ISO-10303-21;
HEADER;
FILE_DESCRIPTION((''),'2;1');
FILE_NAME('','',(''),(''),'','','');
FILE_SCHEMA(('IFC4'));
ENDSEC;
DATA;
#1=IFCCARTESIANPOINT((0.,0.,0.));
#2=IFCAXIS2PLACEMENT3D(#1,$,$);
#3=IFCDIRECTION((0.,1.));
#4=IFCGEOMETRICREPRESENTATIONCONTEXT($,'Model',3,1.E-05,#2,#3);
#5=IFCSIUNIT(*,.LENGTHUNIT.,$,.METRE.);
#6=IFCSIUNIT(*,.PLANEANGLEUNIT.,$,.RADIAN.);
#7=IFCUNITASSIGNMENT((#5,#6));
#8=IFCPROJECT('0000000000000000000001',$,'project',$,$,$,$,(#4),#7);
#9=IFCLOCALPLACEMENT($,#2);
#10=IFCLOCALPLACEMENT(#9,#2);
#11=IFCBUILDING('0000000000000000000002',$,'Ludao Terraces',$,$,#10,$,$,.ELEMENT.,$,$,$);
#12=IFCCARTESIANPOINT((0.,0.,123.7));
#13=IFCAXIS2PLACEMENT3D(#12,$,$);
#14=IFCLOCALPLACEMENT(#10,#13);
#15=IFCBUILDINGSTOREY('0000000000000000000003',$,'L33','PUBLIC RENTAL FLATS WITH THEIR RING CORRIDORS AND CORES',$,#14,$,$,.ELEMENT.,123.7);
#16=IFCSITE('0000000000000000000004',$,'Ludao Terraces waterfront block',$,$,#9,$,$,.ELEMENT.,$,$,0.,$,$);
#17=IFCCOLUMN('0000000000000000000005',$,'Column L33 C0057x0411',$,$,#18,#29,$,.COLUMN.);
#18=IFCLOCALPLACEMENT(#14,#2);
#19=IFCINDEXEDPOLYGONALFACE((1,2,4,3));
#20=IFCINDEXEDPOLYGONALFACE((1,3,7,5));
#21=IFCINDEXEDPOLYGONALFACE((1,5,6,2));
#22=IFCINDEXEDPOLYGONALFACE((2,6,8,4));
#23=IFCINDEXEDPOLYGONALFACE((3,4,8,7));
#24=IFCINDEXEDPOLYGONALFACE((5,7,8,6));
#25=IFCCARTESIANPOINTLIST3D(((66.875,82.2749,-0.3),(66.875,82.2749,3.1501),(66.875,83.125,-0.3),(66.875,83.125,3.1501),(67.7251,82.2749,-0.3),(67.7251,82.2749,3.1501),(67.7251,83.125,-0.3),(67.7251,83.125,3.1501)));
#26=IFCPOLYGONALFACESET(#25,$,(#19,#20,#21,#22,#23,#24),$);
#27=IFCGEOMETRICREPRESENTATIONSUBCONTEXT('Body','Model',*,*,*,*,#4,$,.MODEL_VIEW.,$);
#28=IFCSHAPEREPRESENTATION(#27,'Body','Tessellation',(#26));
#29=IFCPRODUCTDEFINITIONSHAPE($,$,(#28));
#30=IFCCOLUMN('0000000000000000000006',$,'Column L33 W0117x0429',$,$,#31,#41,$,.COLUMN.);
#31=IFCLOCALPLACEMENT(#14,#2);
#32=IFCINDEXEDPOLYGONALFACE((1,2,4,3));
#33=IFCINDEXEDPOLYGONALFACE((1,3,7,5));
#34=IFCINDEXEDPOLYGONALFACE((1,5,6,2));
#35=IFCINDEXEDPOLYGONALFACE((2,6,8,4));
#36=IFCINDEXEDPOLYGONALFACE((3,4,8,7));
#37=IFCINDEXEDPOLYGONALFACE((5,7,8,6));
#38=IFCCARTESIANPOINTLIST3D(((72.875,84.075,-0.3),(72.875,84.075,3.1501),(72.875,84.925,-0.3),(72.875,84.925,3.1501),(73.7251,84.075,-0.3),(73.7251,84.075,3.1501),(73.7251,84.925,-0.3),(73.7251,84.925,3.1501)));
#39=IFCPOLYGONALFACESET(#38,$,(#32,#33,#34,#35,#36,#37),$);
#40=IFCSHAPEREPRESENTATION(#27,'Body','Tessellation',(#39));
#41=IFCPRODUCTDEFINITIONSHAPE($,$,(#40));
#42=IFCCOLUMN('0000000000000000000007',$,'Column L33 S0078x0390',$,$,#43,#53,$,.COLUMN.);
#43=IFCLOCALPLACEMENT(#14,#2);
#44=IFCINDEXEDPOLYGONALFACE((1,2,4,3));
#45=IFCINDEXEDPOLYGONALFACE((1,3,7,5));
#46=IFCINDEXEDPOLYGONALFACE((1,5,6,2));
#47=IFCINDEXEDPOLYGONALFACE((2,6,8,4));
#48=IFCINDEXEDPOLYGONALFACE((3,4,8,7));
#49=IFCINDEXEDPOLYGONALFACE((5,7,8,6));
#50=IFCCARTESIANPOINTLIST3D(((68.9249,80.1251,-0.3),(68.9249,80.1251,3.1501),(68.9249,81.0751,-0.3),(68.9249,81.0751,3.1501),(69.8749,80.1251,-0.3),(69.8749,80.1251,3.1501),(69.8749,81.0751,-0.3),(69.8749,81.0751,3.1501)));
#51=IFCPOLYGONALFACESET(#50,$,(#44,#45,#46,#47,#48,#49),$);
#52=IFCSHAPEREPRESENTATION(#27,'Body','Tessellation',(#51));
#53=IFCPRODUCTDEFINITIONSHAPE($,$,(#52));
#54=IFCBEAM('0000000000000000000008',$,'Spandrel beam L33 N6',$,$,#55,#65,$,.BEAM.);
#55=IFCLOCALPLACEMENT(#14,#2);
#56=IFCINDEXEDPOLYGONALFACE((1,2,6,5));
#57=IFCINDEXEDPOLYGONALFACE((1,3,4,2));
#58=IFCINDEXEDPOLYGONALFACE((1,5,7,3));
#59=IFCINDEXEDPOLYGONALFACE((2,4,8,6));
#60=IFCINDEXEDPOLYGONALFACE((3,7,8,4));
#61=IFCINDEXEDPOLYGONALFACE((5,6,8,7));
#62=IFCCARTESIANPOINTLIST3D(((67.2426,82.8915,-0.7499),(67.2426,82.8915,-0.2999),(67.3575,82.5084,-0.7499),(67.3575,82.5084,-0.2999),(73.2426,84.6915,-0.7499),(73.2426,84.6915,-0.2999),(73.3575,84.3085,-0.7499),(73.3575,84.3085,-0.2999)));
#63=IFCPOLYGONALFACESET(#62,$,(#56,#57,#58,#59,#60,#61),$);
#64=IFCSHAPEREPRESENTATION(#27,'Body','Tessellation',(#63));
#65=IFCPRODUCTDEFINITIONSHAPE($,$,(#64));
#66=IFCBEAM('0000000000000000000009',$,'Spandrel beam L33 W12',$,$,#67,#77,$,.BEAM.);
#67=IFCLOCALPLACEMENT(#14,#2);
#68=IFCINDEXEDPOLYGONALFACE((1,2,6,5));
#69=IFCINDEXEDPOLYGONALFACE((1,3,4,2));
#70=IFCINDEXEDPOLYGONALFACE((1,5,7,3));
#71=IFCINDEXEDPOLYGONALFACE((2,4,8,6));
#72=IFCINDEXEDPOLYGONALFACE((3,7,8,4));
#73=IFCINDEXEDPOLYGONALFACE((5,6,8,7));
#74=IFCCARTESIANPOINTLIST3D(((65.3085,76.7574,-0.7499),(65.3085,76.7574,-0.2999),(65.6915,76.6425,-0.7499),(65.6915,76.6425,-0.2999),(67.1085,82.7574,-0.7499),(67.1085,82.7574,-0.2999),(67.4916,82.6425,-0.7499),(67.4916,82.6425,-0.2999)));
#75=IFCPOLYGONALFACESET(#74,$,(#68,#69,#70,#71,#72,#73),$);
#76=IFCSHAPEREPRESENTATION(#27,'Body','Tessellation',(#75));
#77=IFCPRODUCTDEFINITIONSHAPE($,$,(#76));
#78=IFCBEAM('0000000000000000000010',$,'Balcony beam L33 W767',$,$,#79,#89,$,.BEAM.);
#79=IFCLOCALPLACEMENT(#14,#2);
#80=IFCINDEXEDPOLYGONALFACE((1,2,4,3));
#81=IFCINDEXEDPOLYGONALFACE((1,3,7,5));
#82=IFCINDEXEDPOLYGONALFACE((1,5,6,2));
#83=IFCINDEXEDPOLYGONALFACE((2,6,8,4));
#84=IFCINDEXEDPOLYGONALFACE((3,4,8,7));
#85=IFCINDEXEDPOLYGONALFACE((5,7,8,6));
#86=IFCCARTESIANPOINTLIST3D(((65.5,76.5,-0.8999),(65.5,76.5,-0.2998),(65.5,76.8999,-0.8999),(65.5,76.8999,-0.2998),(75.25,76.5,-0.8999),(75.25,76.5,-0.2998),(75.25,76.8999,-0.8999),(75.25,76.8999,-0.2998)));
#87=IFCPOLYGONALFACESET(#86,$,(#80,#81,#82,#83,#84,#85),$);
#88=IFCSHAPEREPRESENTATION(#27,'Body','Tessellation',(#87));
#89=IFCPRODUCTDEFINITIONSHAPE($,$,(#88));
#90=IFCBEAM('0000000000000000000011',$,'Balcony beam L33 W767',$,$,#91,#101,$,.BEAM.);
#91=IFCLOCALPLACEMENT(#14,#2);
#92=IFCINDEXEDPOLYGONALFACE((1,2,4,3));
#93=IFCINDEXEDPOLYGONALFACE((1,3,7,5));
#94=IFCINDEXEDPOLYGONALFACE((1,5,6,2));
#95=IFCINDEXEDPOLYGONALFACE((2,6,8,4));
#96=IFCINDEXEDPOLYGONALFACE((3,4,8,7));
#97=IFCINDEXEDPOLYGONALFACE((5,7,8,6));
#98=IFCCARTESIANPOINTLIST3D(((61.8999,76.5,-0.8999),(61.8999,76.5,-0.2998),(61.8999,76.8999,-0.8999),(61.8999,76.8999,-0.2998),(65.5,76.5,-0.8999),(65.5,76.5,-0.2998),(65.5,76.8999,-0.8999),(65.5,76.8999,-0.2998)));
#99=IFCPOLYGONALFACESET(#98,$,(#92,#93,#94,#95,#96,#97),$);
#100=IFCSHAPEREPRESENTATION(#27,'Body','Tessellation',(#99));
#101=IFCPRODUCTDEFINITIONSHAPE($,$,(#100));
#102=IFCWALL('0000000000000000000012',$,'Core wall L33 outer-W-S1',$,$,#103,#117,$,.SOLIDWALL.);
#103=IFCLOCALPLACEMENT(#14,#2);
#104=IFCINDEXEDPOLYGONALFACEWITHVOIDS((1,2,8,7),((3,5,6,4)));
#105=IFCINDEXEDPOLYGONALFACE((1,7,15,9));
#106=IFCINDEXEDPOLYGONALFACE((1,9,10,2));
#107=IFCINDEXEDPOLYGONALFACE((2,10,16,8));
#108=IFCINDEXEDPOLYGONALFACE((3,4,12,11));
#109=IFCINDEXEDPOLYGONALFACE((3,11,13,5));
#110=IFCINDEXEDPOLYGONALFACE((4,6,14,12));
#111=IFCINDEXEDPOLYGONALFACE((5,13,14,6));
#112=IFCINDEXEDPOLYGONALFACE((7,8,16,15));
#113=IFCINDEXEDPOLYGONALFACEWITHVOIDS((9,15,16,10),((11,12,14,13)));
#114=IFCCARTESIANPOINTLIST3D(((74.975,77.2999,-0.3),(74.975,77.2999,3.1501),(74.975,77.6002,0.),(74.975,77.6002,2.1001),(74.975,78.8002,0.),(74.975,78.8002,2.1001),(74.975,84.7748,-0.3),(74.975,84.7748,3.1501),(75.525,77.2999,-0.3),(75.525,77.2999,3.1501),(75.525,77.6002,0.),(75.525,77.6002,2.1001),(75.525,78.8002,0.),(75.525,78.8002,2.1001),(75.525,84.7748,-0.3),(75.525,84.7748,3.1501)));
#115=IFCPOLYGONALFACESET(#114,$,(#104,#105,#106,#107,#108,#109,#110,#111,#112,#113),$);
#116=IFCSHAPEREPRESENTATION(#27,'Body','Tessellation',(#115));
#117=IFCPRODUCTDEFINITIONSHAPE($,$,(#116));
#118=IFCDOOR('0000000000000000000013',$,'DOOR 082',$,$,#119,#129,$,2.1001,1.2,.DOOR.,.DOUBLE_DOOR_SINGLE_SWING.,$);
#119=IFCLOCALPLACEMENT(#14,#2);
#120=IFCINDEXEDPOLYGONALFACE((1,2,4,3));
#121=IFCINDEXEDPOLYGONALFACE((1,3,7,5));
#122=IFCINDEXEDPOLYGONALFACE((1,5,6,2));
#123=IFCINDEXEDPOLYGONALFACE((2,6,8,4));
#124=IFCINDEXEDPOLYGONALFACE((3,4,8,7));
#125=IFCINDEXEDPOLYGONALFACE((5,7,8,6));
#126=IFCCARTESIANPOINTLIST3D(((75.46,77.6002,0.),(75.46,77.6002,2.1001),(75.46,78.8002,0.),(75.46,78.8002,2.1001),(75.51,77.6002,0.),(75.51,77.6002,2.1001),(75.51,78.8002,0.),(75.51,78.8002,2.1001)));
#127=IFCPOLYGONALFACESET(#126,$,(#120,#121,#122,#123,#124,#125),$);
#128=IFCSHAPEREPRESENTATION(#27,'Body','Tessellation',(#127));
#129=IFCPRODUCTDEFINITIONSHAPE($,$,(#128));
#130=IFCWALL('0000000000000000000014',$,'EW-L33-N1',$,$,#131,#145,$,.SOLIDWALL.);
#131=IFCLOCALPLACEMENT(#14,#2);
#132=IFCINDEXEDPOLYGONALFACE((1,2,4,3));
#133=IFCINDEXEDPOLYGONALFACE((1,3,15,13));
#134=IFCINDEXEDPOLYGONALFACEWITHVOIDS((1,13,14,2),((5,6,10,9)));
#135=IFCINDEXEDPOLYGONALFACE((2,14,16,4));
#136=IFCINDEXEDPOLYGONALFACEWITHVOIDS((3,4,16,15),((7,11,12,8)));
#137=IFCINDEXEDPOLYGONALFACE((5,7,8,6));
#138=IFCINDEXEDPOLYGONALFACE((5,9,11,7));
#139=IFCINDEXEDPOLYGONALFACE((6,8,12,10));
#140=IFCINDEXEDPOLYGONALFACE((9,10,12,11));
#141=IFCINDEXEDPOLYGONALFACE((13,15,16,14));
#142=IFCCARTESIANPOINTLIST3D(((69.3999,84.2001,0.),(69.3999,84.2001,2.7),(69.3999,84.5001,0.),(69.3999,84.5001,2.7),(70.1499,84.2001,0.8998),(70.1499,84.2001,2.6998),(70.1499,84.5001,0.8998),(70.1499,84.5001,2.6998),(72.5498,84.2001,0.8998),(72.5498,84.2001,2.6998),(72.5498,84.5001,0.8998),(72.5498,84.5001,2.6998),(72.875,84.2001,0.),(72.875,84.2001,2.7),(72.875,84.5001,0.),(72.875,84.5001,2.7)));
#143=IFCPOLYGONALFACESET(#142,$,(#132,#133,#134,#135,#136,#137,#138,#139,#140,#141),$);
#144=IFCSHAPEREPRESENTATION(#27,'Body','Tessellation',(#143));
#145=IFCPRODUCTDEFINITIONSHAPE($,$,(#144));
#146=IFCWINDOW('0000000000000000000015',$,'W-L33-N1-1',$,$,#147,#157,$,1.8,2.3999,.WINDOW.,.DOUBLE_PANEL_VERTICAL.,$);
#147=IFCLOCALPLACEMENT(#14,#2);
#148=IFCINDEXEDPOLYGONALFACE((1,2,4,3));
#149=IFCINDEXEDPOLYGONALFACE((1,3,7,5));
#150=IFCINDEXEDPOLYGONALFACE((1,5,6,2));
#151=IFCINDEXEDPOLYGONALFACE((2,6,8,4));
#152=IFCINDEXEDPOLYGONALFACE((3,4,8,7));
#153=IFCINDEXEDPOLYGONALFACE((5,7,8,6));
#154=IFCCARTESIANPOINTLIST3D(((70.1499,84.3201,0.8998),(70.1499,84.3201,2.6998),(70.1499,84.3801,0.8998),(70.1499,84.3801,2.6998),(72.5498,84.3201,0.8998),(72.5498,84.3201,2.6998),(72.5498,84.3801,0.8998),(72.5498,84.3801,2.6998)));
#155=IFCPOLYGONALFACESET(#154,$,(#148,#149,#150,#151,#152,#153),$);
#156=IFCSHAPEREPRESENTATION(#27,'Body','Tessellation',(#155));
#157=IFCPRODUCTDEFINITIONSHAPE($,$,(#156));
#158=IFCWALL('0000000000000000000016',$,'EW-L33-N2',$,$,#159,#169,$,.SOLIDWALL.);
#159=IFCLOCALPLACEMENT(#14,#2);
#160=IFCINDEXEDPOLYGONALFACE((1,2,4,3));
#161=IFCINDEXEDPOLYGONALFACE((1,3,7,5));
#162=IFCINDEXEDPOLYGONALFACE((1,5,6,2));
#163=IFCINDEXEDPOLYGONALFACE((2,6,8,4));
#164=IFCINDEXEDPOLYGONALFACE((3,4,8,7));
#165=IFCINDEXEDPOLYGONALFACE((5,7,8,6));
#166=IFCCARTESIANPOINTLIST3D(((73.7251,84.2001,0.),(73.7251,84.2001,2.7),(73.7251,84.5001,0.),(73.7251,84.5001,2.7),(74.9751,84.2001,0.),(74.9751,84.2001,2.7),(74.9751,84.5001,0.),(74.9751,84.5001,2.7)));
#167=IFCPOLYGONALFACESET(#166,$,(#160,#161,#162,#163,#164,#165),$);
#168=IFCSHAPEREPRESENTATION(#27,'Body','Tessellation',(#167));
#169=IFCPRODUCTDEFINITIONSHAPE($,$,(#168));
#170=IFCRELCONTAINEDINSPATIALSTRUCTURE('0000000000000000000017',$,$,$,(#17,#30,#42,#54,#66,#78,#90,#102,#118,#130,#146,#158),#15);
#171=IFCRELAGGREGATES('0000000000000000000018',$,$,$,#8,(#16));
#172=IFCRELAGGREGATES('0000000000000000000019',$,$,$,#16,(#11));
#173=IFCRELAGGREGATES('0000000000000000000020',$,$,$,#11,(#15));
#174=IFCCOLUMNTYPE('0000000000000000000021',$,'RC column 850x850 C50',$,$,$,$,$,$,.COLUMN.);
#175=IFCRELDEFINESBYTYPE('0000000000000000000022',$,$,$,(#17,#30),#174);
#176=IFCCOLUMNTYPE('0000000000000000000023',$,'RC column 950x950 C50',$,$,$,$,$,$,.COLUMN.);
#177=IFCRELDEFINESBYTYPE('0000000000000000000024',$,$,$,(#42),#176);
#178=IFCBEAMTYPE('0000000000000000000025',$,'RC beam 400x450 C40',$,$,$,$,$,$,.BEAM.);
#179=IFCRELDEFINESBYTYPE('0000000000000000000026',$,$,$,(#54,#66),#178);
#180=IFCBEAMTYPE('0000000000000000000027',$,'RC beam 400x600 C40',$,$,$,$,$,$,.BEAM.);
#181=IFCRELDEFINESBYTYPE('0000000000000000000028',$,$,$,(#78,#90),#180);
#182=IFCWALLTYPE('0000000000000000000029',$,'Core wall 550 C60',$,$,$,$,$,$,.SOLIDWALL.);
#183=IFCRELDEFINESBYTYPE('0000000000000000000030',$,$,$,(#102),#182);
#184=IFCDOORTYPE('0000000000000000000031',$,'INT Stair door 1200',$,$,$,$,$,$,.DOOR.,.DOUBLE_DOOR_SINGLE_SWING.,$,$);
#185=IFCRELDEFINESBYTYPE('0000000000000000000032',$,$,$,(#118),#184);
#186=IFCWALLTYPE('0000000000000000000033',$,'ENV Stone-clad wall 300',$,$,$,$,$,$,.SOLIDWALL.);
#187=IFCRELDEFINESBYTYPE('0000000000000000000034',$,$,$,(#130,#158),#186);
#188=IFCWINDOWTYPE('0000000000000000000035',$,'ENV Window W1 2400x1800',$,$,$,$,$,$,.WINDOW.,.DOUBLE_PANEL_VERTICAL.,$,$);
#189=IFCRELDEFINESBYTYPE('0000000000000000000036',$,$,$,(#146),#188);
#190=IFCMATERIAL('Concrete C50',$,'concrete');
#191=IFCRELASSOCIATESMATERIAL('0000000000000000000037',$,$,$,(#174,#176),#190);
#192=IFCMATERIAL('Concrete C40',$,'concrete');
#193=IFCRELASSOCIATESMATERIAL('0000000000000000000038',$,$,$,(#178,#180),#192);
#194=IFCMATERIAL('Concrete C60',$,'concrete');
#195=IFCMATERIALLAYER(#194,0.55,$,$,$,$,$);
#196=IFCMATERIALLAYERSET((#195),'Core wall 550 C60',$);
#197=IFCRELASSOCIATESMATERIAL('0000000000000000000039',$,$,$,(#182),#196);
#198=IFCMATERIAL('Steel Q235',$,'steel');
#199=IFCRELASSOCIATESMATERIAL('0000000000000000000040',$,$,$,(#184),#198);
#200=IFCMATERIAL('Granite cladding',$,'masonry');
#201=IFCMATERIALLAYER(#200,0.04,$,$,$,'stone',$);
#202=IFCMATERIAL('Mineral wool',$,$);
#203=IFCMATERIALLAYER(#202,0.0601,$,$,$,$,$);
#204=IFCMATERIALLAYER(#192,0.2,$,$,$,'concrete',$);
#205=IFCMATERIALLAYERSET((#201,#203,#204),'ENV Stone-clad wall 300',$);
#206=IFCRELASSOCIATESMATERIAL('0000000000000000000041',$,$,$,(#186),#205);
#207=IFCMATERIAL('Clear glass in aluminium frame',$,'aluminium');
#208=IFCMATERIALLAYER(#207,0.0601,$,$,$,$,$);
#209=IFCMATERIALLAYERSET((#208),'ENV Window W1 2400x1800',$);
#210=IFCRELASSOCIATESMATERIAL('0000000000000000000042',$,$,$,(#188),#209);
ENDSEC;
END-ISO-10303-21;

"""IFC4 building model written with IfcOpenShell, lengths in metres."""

from ifc_helpers import new_model, si_unit, direction, frame, frame_2d, origin, origin_2d, place, context, subcontext, project, spatial, rectangle, extrude, material, layer, layer_set, material_profile, profile_set, type_object, element, fill, save


model = new_model("IFC4")

# Units and contexts
model_context = context("Model", 3, precision=1e-05, world=origin(), true_north=direction((0.0, 1.0)))
body_context = subcontext(model_context, "Body", "Model", "MODEL_VIEW")
ifc_project = project(units=[si_unit("LENGTHUNIT", "METRE"), si_unit("PLANEANGLEUNIT", "RADIAN")], contexts=[model_context])

# Site, building, storey
site_placement = place(None, origin())
site = spatial("IfcSite", under=ifc_project, at=site_placement, Name="Ludao Terraces waterfront block", CompositionType="ELEMENT", RefElevation=0.0)
building_placement = place(site_placement, origin())
building = spatial("IfcBuilding", under=site, at=building_placement, Name="Ludao Terraces", CompositionType="ELEMENT")
storey_placement = place(building_placement, frame((0.0, 0.0, 123.7)))
storey = spatial("IfcBuildingStorey", under=building, at=storey_placement, Name="L33", Description="PUBLIC RENTAL FLATS WITH THEIR RING CORRIDORS AND CORES", CompositionType="ELEMENT", Elevation=123.7)

# Columns
ifc_material_1 = material(Name="Concrete C50", Category="concrete")
ifc_material_profile_1 = material_profile(ifc_material_1, rectangle(XDim=0.8501, YDim=0.8501, at=origin_2d()), Name="850 X 850")
ifc_profile_set_1 = profile_set([ifc_material_profile_1], Name="Concrete C50")
column_type_1 = type_object("IfcColumnType", Name="RC column 850x850 C50", PredefinedType="COLUMN", material=ifc_profile_set_1)
for number, where, z_axis, x_axis, name in (
    (1, (67.3, 82.7, -0.3), (0.0, 0.0, 1.0), (1.0, 0.0, 0.0), "Column L33 C0057x0411"),
    (2, (73.3, 84.5, -0.3), (0.0, 0.0, 1.0), (1.0, 0.0, 0.0), "Column L33 W0117x0429"),
):
    element("IfcColumn", number, at=place(storey_placement, frame(where, z_axis=z_axis, x_axis=x_axis)), inside=storey, type_object=column_type_1, Name=name, PredefinedType="COLUMN", context=body_context, shape_type="SweptSolid", body=[
        extrude(rectangle(XDim=0.8501, YDim=0.8501, at=origin_2d()), origin(), (0.0, 0.0, 1.0), 3.4502),
    ])
ifc_material_profile_2 = material_profile(ifc_material_1, rectangle(XDim=0.95, YDim=0.95, at=origin_2d()), Name="950 X 950")
ifc_profile_set_2 = profile_set([ifc_material_profile_2], Name="Concrete C50")
column_type_2 = type_object("IfcColumnType", Name="RC column 950x950 C50", PredefinedType="COLUMN", material=ifc_profile_set_2)
column_placement = place(storey_placement, frame((69.3999, 80.6001, -0.3), z_axis=(0.0, 0.0, 1.0), x_axis=(1.0, 0.0, 0.0)))
element("IfcColumn", 3, at=column_placement, inside=storey, type_object=column_type_2, Name="Column L33 S0078x0390", PredefinedType="COLUMN", context=body_context, shape_type="SweptSolid", body=[
    extrude(rectangle(XDim=0.95, YDim=0.95, at=origin_2d()), origin(), (0.0, 0.0, 1.0), 3.4502),
])

# Beams
ifc_material_2 = material(Name="Concrete C40", Category="concrete")
ifc_material_profile_3 = material_profile(ifc_material_2, rectangle(XDim=0.3999, YDim=0.45, at=origin_2d()), Name="400 X 450")
ifc_profile_set_3 = profile_set([ifc_material_profile_3], Name="Concrete C40")
beam_type_1 = type_object("IfcBeamType", Name="RC beam 400x450 C40", PredefinedType="BEAM", material=ifc_profile_set_3)
for number, where, z_axis, x_axis, name in (
    (4, (67.3, 82.7, -0.5249), (0.957824, 0.287355, 0.0), (-0.287355, 0.957824, 0.0), "Spandrel beam L33 N6"),
    (5, (65.5, 76.7, -0.5249), (0.287355, 0.957824, 0.0), (-0.957824, 0.287355, 0.0), "Spandrel beam L33 W12"),
):
    element("IfcBeam", number, at=place(storey_placement, frame(where, z_axis=z_axis, x_axis=x_axis)), inside=storey, type_object=beam_type_1, Name=name, PredefinedType="BEAM", context=body_context, shape_type="SweptSolid", body=[
        extrude(rectangle(XDim=0.3999, YDim=0.45, at=origin_2d()), origin(), (0.0, 0.0, 1.0), 6.2642),
    ])
ifc_material_profile_4 = material_profile(ifc_material_2, rectangle(XDim=0.3999, YDim=0.6001, at=origin_2d()), Name="400 X 600")
ifc_profile_set_4 = profile_set([ifc_material_profile_4], Name="Concrete C40")
beam_type_2 = type_object("IfcBeamType", Name="RC beam 400x600 C40", PredefinedType="BEAM", material=ifc_profile_set_4)
beam_1_placement = place(storey_placement, frame((75.25, 76.7, -0.5999), z_axis=(-1.0, 0.0, 0.0), x_axis=(0.0, -1.0, 0.0)))
element("IfcBeam", 6, at=beam_1_placement, inside=storey, type_object=beam_type_2, Name="Balcony beam L33 W767", PredefinedType="BEAM", context=body_context, shape_type="SweptSolid", body=[
    extrude(rectangle(XDim=0.3999, YDim=0.6001, at=origin_2d()), origin(), (0.0, 0.0, 1.0), 9.75),
])
beam_2_placement = place(storey_placement, frame((65.5, 76.7, -0.5999), z_axis=(-1.0, 0.0, 0.0), x_axis=(0.0, -1.0, 0.0)))
element("IfcBeam", 7, at=beam_2_placement, inside=storey, type_object=beam_type_2, Name="Balcony beam L33 W767", PredefinedType="BEAM", context=body_context, shape_type="SweptSolid", body=[
    extrude(rectangle(XDim=0.3999, YDim=0.6001, at=origin_2d()), origin(), (0.0, 0.0, 1.0), 3.6001),
])

# Wall, opening, door
ifc_material_3 = material(Name="Concrete C60", Category="concrete")
ifc_layer_1 = layer(ifc_material_3, 0.55)
ifc_layer_set_1 = layer_set([ifc_layer_1], Name="Core wall 550 C60")
wall_type_1 = type_object("IfcWallType", Name="Core wall 550 C60", PredefinedType="SOLIDWALL", material=ifc_layer_set_1)
wall_1_placement = place(storey_placement, frame((75.25, 77.3, -0.3), z_axis=(0.0, 0.0, 1.0), x_axis=(0.0, 1.0, 0.0)))
wall_1 = element("IfcWall", 8, at=wall_1_placement, inside=storey, type_object=wall_type_1, Name="Core wall L33 outer-W-S1", PredefinedType="SOLIDWALL", context=body_context, shape_type="SweptSolid", body=[
    extrude(rectangle(XDim=7.4749, YDim=0.55, at=frame_2d((3.7373, 0.0))), origin(), (0.0, 0.0, 1.0), 3.4502),
])
opening_1_placement = place(wall_1_placement, frame((0.3, 0.0, 0.3)))
opening_1 = element("IfcOpeningElement", 9, at=opening_1_placement, cuts=wall_1, PredefinedType="OPENING", context=body_context, shape_type="SweptSolid", body=[
    extrude(rectangle(XDim=1.2, YDim=2.1001, at=frame_2d((0.6001, 1.05))), frame((0.0, 0.2852, 0.0), z_axis=(0.0, -1.0, 0.0), x_axis=(1.0, 0.0, 0.0)), (0.0, 0.0, 1.0), 0.5701),
])
ifc_material_4 = material(Name="Steel Q235", Category="steel")
door_type_1 = type_object("IfcDoorType", Name="INT Stair door 1200", OperationType="DOUBLE_DOOR_SINGLE_SWING", PredefinedType="DOOR", material=ifc_material_4)
door_1_placement = place(opening_1_placement, origin())
door_1 = element("IfcDoor", 10, at=door_1_placement, inside=storey, type_object=door_type_1, Name="DOOR 082", OperationType="DOUBLE_DOOR_SINGLE_SWING", OverallHeight=2.1001, OverallWidth=1.2, PredefinedType="DOOR", context=body_context, shape_type="SweptSolid", body=[
    extrude(rectangle(XDim=1.2, YDim=2.1001, at=frame_2d((0.6001, 1.05))), frame((0.0, -0.21, 0.0), z_axis=(0.0, -1.0, 0.0), x_axis=(1.0, 0.0, 0.0)), (0.0, 0.0, 1.0), 0.05),
])
fill(opening_1, door_1)

# Wall, opening, window
ifc_material_5 = material(Name="Granite cladding", Category="masonry")
ifc_layer_2 = layer(ifc_material_5, 0.04, Category="stone")
ifc_material_6 = material(Name="Mineral wool")
ifc_layer_3 = layer(ifc_material_6, 0.0601)
ifc_layer_4 = layer(ifc_material_2, 0.2, Category="concrete")
ifc_layer_set_2 = layer_set([ifc_layer_2, ifc_layer_3, ifc_layer_4], Name="ENV Stone-clad wall 300")
wall_type_2 = type_object("IfcWallType", Name="ENV Stone-clad wall 300", PredefinedType="SOLIDWALL", material=ifc_layer_set_2)
wall_2_placement = place(storey_placement, frame((69.3999, 84.3501, 0.0), z_axis=(0.0, 0.0, 1.0), x_axis=(1.0, 0.0, 0.0)))
wall_2 = element("IfcWall", 11, at=wall_2_placement, inside=storey, type_object=wall_type_2, Name="EW-L33-N1", PredefinedType="SOLIDWALL", context=body_context, shape_type="SweptSolid", body=[
    extrude(rectangle(XDim=3.4751, YDim=0.3, at=frame_2d((1.7375, 0.0))), origin(), (0.0, 0.0, 1.0), 2.7),
])
opening_2_placement = place(wall_2_placement, frame((0.75, 0.0, 0.8999)))
opening_2 = element("IfcOpeningElement", 12, at=opening_2_placement, cuts=wall_2, PredefinedType="OPENING", context=body_context, shape_type="SweptSolid", body=[
    extrude(rectangle(XDim=2.3999, YDim=1.8, at=frame_2d((1.2, 0.8999))), frame((0.0, 0.1602, 0.0), z_axis=(0.0, -1.0, 0.0), x_axis=(1.0, 0.0, 0.0)), (0.0, 0.0, 1.0), 0.3201),
])
ifc_material_7 = material(Name="Clear glass in aluminium frame", Category="aluminium")
ifc_layer_5 = layer(ifc_material_7, 0.0601)
ifc_layer_set_3 = layer_set([ifc_layer_5], Name="ENV Window W1 2400x1800")
window_type_1 = type_object("IfcWindowType", Name="ENV Window W1 2400x1800", PartitioningType="DOUBLE_PANEL_VERTICAL", PredefinedType="WINDOW", material=ifc_layer_set_3)
window_1_placement = place(opening_2_placement, origin())
window_1 = element("IfcWindow", 13, at=window_1_placement, inside=storey, type_object=window_type_1, Name="W-L33-N1-1", OverallHeight=1.8, OverallWidth=2.3999, PartitioningType="DOUBLE_PANEL_VERTICAL", PredefinedType="WINDOW", context=body_context, shape_type="SweptSolid", body=[
    extrude(rectangle(XDim=2.3999, YDim=1.8, at=frame_2d((1.2, 0.8999))), frame((0.0, 0.03, 0.0), z_axis=(0.0, -1.0, 0.0), x_axis=(1.0, 0.0, 0.0)), (0.0, 0.0, 1.0), 0.0601),
])
fill(opening_2, window_1)

# Wall
wall_3_placement = place(storey_placement, frame((73.7251, 84.3501, 0.0), z_axis=(0.0, 0.0, 1.0), x_axis=(1.0, 0.0, 0.0)))
element("IfcWall", 14, at=wall_3_placement, inside=storey, type_object=wall_type_2, Name="EW-L33-N2", PredefinedType="SOLIDWALL", context=body_context, shape_type="SweptSolid", body=[
    extrude(rectangle(XDim=1.25, YDim=0.3, at=frame_2d((0.625, 0.0))), origin(), (0.0, 0.0, 1.0), 2.7),
])

save(model, "model.ifc")
